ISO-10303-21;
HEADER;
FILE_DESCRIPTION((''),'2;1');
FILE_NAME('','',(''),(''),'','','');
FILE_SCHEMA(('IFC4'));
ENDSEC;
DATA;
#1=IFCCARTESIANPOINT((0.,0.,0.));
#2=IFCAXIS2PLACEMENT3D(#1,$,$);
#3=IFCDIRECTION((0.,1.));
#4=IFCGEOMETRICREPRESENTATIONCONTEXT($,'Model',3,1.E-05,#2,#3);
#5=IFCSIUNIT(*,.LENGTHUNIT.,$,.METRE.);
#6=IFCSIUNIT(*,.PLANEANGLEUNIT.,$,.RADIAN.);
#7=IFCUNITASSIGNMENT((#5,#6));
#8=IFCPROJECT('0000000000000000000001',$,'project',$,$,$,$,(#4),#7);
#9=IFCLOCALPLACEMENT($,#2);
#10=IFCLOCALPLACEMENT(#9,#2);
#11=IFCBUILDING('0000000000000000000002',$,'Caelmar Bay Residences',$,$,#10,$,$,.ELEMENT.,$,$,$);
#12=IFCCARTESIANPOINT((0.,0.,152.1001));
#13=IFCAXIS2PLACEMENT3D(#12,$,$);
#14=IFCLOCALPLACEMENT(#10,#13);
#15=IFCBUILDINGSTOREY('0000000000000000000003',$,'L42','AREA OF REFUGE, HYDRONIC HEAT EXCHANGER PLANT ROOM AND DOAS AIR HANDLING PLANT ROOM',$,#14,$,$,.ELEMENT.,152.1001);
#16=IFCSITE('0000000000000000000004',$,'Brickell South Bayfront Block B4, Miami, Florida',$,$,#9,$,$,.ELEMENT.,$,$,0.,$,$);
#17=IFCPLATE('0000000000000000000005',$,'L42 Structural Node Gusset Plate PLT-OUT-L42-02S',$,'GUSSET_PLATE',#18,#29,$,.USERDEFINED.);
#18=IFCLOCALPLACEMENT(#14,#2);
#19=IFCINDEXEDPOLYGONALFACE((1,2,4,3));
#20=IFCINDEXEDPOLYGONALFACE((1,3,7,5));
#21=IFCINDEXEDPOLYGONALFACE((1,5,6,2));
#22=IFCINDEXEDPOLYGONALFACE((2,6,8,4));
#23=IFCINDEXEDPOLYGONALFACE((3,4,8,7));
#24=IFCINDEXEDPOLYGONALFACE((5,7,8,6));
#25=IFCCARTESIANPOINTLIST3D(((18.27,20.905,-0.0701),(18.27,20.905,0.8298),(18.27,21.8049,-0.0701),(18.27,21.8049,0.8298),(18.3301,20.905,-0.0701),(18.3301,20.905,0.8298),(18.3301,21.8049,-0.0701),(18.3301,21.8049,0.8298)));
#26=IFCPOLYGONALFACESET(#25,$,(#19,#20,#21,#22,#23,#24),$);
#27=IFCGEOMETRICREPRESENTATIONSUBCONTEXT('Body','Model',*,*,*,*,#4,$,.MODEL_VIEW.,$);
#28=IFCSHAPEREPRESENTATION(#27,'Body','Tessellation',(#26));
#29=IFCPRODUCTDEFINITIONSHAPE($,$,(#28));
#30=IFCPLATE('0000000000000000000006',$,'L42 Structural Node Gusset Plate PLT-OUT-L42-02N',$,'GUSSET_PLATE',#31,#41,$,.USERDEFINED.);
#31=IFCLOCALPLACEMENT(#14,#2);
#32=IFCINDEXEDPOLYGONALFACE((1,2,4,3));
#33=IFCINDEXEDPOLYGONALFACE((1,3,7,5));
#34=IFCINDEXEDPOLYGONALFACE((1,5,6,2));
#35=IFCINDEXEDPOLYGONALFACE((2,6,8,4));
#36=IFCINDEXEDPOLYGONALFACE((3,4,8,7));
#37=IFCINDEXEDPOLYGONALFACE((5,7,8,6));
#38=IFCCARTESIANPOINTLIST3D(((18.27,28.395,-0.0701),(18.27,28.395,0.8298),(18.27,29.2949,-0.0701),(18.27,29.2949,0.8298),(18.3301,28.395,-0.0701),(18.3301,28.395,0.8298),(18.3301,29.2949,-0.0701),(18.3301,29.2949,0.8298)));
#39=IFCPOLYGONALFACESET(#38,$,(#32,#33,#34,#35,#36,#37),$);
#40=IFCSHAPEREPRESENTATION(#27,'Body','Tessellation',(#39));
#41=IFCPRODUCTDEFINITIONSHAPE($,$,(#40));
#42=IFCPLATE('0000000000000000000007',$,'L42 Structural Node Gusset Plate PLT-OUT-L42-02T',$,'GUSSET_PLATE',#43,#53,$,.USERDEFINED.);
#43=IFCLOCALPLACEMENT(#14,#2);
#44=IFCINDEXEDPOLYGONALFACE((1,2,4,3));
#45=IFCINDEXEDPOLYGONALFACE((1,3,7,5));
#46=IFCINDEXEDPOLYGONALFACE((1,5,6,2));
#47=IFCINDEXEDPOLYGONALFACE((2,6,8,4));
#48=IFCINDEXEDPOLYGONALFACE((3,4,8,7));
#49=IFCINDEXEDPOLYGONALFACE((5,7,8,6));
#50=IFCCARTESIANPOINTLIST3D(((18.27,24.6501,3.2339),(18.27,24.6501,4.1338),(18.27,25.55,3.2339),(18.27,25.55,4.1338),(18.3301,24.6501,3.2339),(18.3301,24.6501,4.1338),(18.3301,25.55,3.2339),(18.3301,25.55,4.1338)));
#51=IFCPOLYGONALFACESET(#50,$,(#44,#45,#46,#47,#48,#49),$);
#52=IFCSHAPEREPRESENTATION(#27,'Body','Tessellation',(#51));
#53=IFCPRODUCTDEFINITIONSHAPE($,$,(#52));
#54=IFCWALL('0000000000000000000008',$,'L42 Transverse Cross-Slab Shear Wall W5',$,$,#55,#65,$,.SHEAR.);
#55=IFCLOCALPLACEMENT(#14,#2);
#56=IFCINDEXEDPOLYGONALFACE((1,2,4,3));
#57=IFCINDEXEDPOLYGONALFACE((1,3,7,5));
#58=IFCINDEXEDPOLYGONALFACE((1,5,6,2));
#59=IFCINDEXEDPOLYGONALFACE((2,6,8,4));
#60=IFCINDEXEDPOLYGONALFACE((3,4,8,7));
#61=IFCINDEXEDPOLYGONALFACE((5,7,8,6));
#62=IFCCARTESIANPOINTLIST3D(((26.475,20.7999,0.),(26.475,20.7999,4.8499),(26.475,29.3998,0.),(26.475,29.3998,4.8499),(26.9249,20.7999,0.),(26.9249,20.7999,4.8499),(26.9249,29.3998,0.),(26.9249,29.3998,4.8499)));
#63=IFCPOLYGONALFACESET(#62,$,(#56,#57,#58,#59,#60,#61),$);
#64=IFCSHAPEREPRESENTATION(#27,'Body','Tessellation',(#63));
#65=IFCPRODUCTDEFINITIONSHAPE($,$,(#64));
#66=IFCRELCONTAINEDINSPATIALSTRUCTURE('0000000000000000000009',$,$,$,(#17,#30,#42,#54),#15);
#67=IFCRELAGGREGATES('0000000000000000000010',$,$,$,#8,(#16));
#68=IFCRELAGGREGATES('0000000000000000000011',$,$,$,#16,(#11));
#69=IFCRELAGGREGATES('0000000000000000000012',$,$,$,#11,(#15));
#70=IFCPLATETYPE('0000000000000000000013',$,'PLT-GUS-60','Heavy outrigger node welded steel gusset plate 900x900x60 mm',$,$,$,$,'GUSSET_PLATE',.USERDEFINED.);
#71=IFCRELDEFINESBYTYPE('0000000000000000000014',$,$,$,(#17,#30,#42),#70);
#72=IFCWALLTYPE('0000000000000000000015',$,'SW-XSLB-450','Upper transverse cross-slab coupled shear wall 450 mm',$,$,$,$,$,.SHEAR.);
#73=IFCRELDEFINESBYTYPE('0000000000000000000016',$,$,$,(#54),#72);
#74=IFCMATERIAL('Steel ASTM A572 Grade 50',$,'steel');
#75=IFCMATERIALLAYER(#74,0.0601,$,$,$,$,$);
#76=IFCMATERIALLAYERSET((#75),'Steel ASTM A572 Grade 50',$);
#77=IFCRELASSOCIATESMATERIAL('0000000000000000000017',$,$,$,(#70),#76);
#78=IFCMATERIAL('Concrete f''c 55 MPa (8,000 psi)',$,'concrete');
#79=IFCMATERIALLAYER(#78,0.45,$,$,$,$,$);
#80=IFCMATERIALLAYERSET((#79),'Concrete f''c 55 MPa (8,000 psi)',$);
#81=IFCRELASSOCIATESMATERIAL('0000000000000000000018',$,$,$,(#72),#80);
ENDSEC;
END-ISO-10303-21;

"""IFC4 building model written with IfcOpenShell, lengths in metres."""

from ifc_helpers import new_model, si_unit, direction, frame, frame_2d, origin, origin_2d, place, context, subcontext, project, spatial, rectangle, extrude, material, layer, layer_set, type_object, element, save


model = new_model("IFC4")

# Units and contexts
model_context = context("Model", 3, precision=1e-05, world=origin(), true_north=direction((0.0, 1.0)))
body_context = subcontext(model_context, "Body", "Model", "MODEL_VIEW")
ifc_project = project(units=[si_unit("LENGTHUNIT", "METRE"), si_unit("PLANEANGLEUNIT", "RADIAN")], contexts=[model_context])

# Site, building, storey
site_placement = place(None, origin())
site = spatial("IfcSite", under=ifc_project, at=site_placement, Name="Brickell South Bayfront Block B4, Miami, Florida", CompositionType="ELEMENT", RefElevation=0.0)
building_placement = place(site_placement, origin())
building = spatial("IfcBuilding", under=site, at=building_placement, Name="Caelmar Bay Residences", CompositionType="ELEMENT")
storey_placement = place(building_placement, frame((0.0, 0.0, 152.1001)))
storey = spatial("IfcBuildingStorey", under=building, at=storey_placement, Name="L42", Description="AREA OF REFUGE, HYDRONIC HEAT EXCHANGER PLANT ROOM AND DOAS AIR HANDLING PLANT ROOM", CompositionType="ELEMENT", Elevation=152.1001)

# Shared definitions
ifc_material_1 = material(Name="Concrete f'c 55 MPa (8,000 psi)", Category="concrete")

# Plates
ifc_material_2 = material(Name="Steel ASTM A572 Grade 50", Category="steel")
ifc_layer_1 = layer(ifc_material_2, 0.0601)
ifc_layer_set_1 = layer_set([ifc_layer_1], Name="Steel ASTM A572 Grade 50")
plate_type_1 = type_object("IfcPlateType", Name="PLT-GUS-60", Description="Heavy outrigger node welded steel gusset plate 900x900x60 mm", ElementType="GUSSET_PLATE", PredefinedType="USERDEFINED", material=ifc_layer_set_1)
for number, where, z_axis, x_axis, name in (
    (1, (18.3, 21.355, -0.0701), (0.0, 0.0, 1.0), (0.0, 1.0, 0.0), "L42 Structural Node Gusset Plate PLT-OUT-L42-02S"),
    (2, (18.3, 28.845, -0.0701), (0.0, 0.0, 1.0), (0.0, 1.0, 0.0), "L42 Structural Node Gusset Plate PLT-OUT-L42-02N"),
    (3, (18.3, 25.1001, 3.2339), (0.0, 0.0, 1.0), (0.0, 1.0, 0.0), "L42 Structural Node Gusset Plate PLT-OUT-L42-02T"),
):
    element("IfcPlate", number, at=place(storey_placement, frame(where, z_axis=z_axis, x_axis=x_axis)), inside=storey, type_object=plate_type_1, Name=name, ObjectType="GUSSET_PLATE", PredefinedType="USERDEFINED", context=body_context, shape_type="SweptSolid", body=[
        extrude(rectangle(XDim=0.8999, YDim=0.0601, at=origin_2d()), origin(), (0.0, 0.0, 1.0), 0.8999),
    ])

# Wall
ifc_layer_2 = layer(ifc_material_1, 0.45)
ifc_layer_set_2 = layer_set([ifc_layer_2], Name="Concrete f'c 55 MPa (8,000 psi)")
wall_type = type_object("IfcWallType", Name="SW-XSLB-450", Description="Upper transverse cross-slab coupled shear wall 450 mm", PredefinedType="SHEAR", material=ifc_layer_set_2)
wall_placement = place(storey_placement, frame((26.7, 20.8, 0.0), z_axis=(0.0, 0.0, 1.0), x_axis=(0.0, 1.0, 0.0)))
element("IfcWall", 4, at=wall_placement, inside=storey, type_object=wall_type, Name="L42 Transverse Cross-Slab Shear Wall W5", PredefinedType="SHEAR", context=body_context, shape_type="SweptSolid", body=[
    extrude(rectangle(XDim=8.5999, YDim=0.45, at=frame_2d((4.2998, 0.0))), origin(), (0.0, 0.0, 1.0), 4.8499),
])

save(model, "model.ifc")
